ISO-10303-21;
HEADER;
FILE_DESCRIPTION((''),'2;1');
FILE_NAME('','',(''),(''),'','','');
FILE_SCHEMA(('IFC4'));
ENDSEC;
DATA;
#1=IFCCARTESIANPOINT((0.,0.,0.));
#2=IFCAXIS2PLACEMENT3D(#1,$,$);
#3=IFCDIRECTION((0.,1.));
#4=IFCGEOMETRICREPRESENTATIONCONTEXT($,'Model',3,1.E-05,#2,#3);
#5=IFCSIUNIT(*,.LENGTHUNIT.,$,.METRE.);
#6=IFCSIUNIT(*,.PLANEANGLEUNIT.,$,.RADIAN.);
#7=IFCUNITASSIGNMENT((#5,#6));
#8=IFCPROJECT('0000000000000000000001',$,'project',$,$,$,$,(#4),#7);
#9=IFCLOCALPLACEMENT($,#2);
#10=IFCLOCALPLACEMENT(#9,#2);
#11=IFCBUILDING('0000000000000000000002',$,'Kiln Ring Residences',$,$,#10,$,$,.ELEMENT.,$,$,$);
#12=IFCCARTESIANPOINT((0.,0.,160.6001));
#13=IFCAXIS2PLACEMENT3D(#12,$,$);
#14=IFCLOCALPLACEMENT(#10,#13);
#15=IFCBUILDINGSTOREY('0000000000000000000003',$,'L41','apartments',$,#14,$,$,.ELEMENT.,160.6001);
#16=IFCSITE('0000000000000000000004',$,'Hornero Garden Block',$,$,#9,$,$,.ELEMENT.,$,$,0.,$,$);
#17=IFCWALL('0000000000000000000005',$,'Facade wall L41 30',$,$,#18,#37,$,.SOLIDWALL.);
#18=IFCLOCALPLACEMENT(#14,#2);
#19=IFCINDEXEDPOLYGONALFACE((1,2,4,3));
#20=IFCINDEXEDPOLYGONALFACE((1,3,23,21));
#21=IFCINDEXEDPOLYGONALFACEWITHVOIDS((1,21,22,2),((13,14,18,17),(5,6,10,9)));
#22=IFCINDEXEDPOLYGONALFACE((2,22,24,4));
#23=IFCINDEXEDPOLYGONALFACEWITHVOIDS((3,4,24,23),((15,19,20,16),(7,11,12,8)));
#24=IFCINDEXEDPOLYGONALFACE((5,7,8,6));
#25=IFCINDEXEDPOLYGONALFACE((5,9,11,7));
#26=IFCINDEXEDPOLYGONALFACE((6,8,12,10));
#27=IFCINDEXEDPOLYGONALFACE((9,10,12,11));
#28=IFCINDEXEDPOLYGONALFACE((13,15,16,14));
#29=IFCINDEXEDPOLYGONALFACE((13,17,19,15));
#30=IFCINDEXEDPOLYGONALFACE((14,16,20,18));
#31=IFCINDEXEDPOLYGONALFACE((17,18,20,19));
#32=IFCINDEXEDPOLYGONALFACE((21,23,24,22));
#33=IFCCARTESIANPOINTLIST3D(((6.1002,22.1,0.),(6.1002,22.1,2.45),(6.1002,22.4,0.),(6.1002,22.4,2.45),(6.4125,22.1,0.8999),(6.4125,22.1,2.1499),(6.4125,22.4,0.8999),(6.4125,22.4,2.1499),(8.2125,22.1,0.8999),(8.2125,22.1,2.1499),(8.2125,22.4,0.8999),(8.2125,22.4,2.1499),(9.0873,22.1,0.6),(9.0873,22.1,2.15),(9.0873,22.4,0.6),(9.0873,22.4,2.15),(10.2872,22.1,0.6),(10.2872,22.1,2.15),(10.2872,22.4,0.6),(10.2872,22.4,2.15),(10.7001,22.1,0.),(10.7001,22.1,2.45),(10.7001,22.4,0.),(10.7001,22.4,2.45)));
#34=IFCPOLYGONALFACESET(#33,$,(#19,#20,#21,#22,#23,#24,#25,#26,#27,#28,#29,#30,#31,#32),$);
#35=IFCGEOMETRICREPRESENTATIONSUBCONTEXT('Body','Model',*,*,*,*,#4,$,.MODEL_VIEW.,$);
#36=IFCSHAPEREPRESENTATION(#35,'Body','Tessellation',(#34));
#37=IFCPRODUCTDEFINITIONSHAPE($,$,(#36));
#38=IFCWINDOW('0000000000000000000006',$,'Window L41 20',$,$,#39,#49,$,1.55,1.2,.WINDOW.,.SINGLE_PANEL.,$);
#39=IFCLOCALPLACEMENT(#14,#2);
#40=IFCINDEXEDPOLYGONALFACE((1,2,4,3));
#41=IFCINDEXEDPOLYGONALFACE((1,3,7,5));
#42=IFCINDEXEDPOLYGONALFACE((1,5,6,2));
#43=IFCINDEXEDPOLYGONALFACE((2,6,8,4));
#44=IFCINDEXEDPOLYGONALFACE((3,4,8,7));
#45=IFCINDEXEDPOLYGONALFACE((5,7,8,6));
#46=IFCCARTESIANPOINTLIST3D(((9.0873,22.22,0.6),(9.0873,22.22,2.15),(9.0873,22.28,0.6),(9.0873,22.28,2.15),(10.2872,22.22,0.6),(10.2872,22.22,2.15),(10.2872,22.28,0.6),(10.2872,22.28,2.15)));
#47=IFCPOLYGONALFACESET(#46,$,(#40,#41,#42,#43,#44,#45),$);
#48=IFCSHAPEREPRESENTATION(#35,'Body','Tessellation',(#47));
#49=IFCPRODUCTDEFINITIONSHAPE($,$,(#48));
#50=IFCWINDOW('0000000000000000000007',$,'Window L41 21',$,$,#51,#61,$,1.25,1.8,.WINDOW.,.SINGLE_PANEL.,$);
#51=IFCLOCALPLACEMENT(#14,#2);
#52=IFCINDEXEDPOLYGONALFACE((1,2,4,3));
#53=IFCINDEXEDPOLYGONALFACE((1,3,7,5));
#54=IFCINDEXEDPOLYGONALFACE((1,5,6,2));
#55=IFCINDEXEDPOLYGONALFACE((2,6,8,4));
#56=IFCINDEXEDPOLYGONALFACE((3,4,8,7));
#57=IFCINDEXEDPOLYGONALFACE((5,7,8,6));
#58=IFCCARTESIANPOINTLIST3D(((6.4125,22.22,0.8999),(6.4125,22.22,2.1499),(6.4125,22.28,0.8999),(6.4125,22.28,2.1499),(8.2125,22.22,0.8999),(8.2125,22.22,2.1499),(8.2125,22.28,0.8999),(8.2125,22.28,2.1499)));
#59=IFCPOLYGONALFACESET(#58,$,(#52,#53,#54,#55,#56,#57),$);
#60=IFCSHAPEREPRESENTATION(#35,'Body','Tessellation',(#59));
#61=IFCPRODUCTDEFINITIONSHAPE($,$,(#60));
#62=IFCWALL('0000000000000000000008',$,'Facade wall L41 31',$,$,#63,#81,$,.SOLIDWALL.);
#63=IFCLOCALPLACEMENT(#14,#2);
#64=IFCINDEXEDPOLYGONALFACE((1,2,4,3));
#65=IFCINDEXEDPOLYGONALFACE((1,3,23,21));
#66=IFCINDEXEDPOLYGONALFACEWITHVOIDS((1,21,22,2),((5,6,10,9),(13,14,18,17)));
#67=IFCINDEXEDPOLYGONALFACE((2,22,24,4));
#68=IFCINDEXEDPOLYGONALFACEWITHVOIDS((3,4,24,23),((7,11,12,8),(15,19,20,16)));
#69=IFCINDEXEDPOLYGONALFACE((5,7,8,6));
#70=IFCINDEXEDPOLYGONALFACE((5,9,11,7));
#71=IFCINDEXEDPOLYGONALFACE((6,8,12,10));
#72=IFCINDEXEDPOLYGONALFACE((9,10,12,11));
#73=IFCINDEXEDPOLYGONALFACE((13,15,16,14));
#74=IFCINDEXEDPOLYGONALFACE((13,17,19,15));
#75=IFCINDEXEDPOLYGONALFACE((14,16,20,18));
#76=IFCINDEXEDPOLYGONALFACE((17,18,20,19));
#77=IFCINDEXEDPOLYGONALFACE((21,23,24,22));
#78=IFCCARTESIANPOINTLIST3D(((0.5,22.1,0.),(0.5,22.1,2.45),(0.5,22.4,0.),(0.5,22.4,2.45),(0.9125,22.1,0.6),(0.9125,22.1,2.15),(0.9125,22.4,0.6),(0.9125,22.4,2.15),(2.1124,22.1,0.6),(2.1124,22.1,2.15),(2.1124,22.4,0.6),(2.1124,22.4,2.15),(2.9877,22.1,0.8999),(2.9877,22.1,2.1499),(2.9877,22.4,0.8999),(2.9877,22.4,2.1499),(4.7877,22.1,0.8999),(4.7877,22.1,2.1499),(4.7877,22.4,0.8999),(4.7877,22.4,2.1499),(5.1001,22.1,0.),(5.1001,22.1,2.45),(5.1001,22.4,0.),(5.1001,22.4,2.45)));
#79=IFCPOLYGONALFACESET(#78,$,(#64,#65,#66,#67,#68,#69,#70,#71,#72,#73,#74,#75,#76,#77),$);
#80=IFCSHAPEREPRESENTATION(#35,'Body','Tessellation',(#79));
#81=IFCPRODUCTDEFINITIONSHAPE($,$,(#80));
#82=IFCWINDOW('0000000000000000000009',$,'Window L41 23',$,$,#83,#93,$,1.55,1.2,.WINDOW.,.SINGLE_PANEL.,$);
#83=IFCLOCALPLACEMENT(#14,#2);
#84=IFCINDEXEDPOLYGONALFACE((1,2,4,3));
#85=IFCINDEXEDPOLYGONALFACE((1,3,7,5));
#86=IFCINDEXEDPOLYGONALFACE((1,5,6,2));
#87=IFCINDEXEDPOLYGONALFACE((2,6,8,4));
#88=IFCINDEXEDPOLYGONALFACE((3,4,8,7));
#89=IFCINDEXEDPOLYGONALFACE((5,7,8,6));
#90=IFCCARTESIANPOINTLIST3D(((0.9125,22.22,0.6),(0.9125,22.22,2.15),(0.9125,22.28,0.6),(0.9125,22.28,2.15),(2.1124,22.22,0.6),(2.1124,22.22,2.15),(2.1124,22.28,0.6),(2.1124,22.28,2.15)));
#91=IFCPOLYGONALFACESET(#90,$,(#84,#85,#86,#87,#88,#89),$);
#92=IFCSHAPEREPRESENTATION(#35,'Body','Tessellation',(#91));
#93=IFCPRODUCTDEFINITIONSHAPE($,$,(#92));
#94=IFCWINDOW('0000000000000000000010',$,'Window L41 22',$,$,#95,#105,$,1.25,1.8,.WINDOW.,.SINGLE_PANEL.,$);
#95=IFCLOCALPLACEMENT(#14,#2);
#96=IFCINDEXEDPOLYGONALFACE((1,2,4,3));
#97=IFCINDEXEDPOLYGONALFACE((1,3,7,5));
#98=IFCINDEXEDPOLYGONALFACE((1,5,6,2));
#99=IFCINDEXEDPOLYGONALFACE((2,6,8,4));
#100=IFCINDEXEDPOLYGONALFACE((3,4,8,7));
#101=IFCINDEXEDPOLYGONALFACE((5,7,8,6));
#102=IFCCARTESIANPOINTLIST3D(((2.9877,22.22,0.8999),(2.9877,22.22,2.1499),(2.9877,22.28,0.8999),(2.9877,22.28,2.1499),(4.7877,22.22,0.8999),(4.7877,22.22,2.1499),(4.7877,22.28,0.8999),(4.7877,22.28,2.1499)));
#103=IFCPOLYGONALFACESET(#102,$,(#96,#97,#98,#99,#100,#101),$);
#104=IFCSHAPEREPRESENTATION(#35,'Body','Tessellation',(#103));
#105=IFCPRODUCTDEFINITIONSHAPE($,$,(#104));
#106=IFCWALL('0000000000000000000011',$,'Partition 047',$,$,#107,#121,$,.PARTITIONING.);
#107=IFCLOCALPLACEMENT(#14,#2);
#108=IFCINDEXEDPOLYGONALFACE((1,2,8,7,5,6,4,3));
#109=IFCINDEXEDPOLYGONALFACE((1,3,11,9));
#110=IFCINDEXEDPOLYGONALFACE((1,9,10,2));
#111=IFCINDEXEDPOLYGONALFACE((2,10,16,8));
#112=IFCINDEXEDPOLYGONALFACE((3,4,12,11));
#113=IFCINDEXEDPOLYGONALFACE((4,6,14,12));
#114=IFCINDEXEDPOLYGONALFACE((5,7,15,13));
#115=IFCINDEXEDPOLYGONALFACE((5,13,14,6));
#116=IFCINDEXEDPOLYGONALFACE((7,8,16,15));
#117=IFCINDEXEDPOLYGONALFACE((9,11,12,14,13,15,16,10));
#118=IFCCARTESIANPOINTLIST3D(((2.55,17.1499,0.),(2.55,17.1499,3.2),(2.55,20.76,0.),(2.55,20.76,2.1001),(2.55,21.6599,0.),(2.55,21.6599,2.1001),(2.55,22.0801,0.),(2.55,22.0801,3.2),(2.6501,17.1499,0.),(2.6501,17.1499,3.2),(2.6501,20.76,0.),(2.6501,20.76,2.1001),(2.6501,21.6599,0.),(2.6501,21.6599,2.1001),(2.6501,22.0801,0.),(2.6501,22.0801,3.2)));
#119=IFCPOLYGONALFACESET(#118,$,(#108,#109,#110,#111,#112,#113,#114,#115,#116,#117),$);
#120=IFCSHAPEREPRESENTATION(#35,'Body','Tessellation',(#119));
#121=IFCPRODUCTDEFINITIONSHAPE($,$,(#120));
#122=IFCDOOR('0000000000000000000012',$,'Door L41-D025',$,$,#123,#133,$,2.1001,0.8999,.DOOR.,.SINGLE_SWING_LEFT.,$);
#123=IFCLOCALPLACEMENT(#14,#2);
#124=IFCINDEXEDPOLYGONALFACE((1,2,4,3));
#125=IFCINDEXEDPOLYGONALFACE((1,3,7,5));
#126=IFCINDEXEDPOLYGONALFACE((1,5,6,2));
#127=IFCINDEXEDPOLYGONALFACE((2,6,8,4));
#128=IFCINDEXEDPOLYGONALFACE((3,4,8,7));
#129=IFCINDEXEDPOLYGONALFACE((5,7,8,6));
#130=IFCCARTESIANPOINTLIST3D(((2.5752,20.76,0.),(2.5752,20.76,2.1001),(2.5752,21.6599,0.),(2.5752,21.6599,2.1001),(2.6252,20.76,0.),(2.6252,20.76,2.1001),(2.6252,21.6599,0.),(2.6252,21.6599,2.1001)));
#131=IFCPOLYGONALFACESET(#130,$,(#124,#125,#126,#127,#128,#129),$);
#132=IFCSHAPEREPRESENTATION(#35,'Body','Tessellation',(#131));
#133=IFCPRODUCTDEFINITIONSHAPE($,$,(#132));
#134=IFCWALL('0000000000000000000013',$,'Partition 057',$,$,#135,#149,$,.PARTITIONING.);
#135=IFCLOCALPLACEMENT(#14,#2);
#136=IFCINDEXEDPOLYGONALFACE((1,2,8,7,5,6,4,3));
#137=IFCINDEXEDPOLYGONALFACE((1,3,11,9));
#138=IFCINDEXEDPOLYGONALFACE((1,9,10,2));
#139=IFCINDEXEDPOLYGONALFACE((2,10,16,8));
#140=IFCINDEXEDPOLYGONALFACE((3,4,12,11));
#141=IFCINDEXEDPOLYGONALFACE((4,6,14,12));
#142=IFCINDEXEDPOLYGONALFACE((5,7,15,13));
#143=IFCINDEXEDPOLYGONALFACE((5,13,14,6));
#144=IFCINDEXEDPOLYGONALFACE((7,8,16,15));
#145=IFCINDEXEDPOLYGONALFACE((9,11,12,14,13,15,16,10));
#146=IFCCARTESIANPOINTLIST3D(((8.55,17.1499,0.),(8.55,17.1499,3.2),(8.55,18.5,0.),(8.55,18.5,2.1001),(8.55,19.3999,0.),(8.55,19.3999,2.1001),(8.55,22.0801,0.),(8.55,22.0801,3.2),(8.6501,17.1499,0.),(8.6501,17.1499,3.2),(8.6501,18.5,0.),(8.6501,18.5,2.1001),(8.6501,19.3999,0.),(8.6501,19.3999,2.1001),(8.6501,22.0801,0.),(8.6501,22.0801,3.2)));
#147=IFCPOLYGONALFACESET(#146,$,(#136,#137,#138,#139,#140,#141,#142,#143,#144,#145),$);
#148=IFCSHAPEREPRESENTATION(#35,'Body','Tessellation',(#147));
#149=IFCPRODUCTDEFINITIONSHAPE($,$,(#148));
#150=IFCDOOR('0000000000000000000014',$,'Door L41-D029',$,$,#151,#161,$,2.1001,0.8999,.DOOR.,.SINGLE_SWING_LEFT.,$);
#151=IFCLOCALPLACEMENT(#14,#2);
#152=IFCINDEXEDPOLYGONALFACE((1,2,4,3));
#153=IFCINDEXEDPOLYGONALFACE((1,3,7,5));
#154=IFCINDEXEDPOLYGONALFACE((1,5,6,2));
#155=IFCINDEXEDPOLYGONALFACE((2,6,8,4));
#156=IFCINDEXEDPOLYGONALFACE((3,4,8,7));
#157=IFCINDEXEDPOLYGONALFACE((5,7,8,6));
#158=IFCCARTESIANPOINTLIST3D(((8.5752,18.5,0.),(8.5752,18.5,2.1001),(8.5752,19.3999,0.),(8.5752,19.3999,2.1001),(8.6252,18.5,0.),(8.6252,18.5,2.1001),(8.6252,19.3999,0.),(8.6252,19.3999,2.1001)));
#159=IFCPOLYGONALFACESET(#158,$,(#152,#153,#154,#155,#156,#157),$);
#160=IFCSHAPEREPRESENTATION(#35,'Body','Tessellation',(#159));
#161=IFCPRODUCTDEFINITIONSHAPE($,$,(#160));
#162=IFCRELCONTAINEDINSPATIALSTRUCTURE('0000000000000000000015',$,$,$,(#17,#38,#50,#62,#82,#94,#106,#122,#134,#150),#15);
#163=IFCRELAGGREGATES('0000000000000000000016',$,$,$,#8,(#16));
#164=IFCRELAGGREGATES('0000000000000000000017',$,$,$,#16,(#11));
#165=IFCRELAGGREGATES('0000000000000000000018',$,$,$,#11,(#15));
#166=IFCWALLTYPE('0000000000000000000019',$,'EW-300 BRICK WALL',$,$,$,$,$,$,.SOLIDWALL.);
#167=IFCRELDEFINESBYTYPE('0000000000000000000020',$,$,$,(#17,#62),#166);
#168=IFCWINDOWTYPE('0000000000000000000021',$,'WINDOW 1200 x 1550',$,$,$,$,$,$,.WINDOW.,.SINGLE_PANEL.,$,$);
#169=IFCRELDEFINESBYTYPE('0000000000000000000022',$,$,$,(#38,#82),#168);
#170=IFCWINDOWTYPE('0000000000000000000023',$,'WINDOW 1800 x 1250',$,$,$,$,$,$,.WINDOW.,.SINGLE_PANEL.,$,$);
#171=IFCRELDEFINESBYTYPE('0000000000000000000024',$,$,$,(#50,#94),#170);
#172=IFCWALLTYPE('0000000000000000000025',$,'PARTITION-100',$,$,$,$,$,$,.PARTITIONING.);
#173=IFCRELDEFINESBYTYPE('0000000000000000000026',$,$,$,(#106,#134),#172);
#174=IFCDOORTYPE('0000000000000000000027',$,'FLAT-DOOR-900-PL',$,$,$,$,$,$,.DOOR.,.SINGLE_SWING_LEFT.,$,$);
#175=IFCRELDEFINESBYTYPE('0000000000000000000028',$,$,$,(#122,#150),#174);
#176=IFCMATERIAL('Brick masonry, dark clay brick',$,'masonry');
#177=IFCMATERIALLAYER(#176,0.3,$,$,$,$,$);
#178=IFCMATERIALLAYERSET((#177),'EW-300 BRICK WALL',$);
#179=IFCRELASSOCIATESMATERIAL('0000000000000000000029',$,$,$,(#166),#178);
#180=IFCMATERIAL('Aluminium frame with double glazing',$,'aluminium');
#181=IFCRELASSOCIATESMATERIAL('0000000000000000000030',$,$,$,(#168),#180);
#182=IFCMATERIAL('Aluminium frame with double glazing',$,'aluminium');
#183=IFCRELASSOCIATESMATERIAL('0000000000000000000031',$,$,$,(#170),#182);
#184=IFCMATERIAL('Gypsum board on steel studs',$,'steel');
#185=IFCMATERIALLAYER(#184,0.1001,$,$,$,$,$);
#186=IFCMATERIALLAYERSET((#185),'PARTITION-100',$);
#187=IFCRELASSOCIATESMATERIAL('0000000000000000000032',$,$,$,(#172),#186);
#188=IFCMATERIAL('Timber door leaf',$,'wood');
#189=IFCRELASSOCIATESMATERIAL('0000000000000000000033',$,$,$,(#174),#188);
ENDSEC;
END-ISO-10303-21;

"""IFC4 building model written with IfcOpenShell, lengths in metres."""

from ifc_helpers import new_model, si_unit, direction, frame, frame_2d, origin, place, context, subcontext, project, spatial, rectangle, extrude, material, layer, layer_set, type_object, element, fill, save


model = new_model("IFC4")

# Units and contexts
model_context = context("Model", 3, precision=1e-05, world=origin(), true_north=direction((0.0, 1.0)))
body_context = subcontext(model_context, "Body", "Model", "MODEL_VIEW")
ifc_project = project(units=[si_unit("LENGTHUNIT", "METRE"), si_unit("PLANEANGLEUNIT", "RADIAN")], contexts=[model_context])

# Site, building, storey
site_placement = place(None, origin())
site = spatial("IfcSite", under=ifc_project, at=site_placement, Name="Hornero Garden Block", CompositionType="ELEMENT", RefElevation=0.0)
building_placement = place(site_placement, origin())
building = spatial("IfcBuilding", under=site, at=building_placement, Name="Kiln Ring Residences", CompositionType="ELEMENT")
storey_placement = place(building_placement, frame((0.0, 0.0, 160.6001)))
storey = spatial("IfcBuildingStorey", under=building, at=storey_placement, Name="L41", Description="apartments", CompositionType="ELEMENT", Elevation=160.6001)

# Shared definitions
ifc_material_1 = material(Name="Brick masonry, dark clay brick", Category="masonry")
ifc_layer_1 = layer(ifc_material_1, 0.3)
ifc_layer_set_1 = layer_set([ifc_layer_1], Name="EW-300 BRICK WALL")
wall_type_1 = type_object("IfcWallType", Name="EW-300 BRICK WALL", PredefinedType="SOLIDWALL", material=ifc_layer_set_1)

# Walls, openings, windows
wall_1_placement = place(storey_placement, frame((10.7, 22.25, 0.0), z_axis=(0.0, 0.0, 1.0), x_axis=(-1.0, 0.0, 0.0)))
wall_1 = element("IfcWall", 1, at=wall_1_placement, inside=storey, type_object=wall_type_1, Name="Facade wall L41 30", PredefinedType="SOLIDWALL", context=body_context, shape_type="SweptSolid", body=[
    extrude(rectangle(XDim=4.5999, YDim=0.3, at=frame_2d((2.2998, 0.0))), origin(), (0.0, 0.0, 1.0), 2.45),
])
opening_1_placement = place(wall_1_placement, frame((0.4126, 0.0, 0.6001)))
opening_1 = element("IfcOpeningElement", 2, at=opening_1_placement, cuts=wall_1, PredefinedType="OPENING", context=body_context, shape_type="SweptSolid", body=[
    extrude(rectangle(XDim=1.2, YDim=1.55, at=frame_2d((0.6001, 0.7749))), frame((0.0, 0.1599, 0.0), z_axis=(0.0, -1.0, 0.0), x_axis=(1.0, 0.0, 0.0)), (0.0, 0.0, 1.0), 0.3201),
])
opening_2_placement = place(wall_1_placement, frame((2.4875, 0.0, 0.8999)))
opening_2 = element("IfcOpeningElement", 3, at=opening_2_placement, cuts=wall_1, PredefinedType="OPENING", context=body_context, shape_type="SweptSolid", body=[
    extrude(rectangle(XDim=1.8, YDim=1.25, at=frame_2d((0.8999, 0.625))), frame((0.0, 0.1599, 0.0), z_axis=(0.0, -1.0, 0.0), x_axis=(1.0, 0.0, 0.0)), (0.0, 0.0, 1.0), 0.3201),
])
ifc_material_2 = material(Name="Aluminium frame with double glazing", Category="aluminium")
window_type_1 = type_object("IfcWindowType", Name="WINDOW 1200 x 1550", PartitioningType="SINGLE_PANEL", PredefinedType="WINDOW", material=ifc_material_2)
window_1_placement = place(opening_1_placement, origin())
window_1 = element("IfcWindow", 4, at=window_1_placement, inside=storey, type_object=window_type_1, Name="Window L41 20", OverallHeight=1.55, OverallWidth=1.2, PartitioningType="SINGLE_PANEL", PredefinedType="WINDOW", context=body_context, shape_type="SweptSolid", body=[
    extrude(rectangle(XDim=1.2, YDim=1.55, at=frame_2d((0.6001, 0.7749))), frame((0.0, 0.03, 0.0), z_axis=(0.0, -1.0, 0.0), x_axis=(1.0, 0.0, 0.0)), (0.0, 0.0, 1.0), 0.0601),
])
fill(opening_1, window_1)
ifc_material_3 = material(Name="Aluminium frame with double glazing", Category="aluminium")
window_type_2 = type_object("IfcWindowType", Name="WINDOW 1800 x 1250", PartitioningType="SINGLE_PANEL", PredefinedType="WINDOW", material=ifc_material_3)
window_2_placement = place(opening_2_placement, origin())
window_2 = element("IfcWindow", 5, at=window_2_placement, inside=storey, type_object=window_type_2, Name="Window L41 21", OverallHeight=1.25, OverallWidth=1.8, PartitioningType="SINGLE_PANEL", PredefinedType="WINDOW", context=body_context, shape_type="SweptSolid", body=[
    extrude(rectangle(XDim=1.8, YDim=1.25, at=frame_2d((0.8999, 0.625))), frame((0.0, 0.03, 0.0), z_axis=(0.0, -1.0, 0.0), x_axis=(1.0, 0.0, 0.0)), (0.0, 0.0, 1.0), 0.0601),
])
fill(opening_2, window_2)
wall_2_placement = place(storey_placement, frame((5.1001, 22.25, 0.0), z_axis=(0.0, 0.0, 1.0), x_axis=(-1.0, 0.0, 0.0)))
wall_2 = element("IfcWall", 6, at=wall_2_placement, inside=storey, type_object=wall_type_1, Name="Facade wall L41 31", PredefinedType="SOLIDWALL", context=body_context, shape_type="SweptSolid", body=[
    extrude(rectangle(XDim=4.6001, YDim=0.3, at=frame_2d((2.3, 0.0))), origin(), (0.0, 0.0, 1.0), 2.45),
])
opening_3_placement = place(wall_2_placement, frame((0.3125, 0.0, 0.8999)))
opening_3 = element("IfcOpeningElement", 7, at=opening_3_placement, cuts=wall_2, PredefinedType="OPENING", context=body_context, shape_type="SweptSolid", body=[
    extrude(rectangle(XDim=1.8, YDim=1.25, at=frame_2d((0.8999, 0.625))), frame((0.0, 0.1599, 0.0), z_axis=(0.0, -1.0, 0.0), x_axis=(1.0, 0.0, 0.0)), (0.0, 0.0, 1.0), 0.3201),
])
opening_4_placement = place(wall_2_placement, frame((2.9875, 0.0, 0.6001)))
opening_4 = element("IfcOpeningElement", 8, at=opening_4_placement, cuts=wall_2, PredefinedType="OPENING", context=body_context, shape_type="SweptSolid", body=[
    extrude(rectangle(XDim=1.2, YDim=1.55, at=frame_2d((0.6001, 0.7749))), frame((0.0, 0.1599, 0.0), z_axis=(0.0, -1.0, 0.0), x_axis=(1.0, 0.0, 0.0)), (0.0, 0.0, 1.0), 0.3201),
])
window_3_placement = place(opening_4_placement, origin())
window_3 = element("IfcWindow", 9, at=window_3_placement, inside=storey, type_object=window_type_1, Name="Window L41 23", OverallHeight=1.55, OverallWidth=1.2, PartitioningType="SINGLE_PANEL", PredefinedType="WINDOW", context=body_context, shape_type="SweptSolid", body=[
    extrude(rectangle(XDim=1.2, YDim=1.55, at=frame_2d((0.6001, 0.7749))), frame((0.0, 0.03, 0.0), z_axis=(0.0, -1.0, 0.0), x_axis=(1.0, 0.0, 0.0)), (0.0, 0.0, 1.0), 0.0601),
])
fill(opening_4, window_3)
window_4_placement = place(opening_3_placement, origin())
window_4 = element("IfcWindow", 10, at=window_4_placement, inside=storey, type_object=window_type_2, Name="Window L41 22", OverallHeight=1.25, OverallWidth=1.8, PartitioningType="SINGLE_PANEL", PredefinedType="WINDOW", context=body_context, shape_type="SweptSolid", body=[
    extrude(rectangle(XDim=1.8, YDim=1.25, at=frame_2d((0.8999, 0.625))), frame((0.0, 0.03, 0.0), z_axis=(0.0, -1.0, 0.0), x_axis=(1.0, 0.0, 0.0)), (0.0, 0.0, 1.0), 0.0601),
])
fill(opening_3, window_4)

# Walls, openings, doors
ifc_material_4 = material(Name="Gypsum board on steel studs", Category="steel")
ifc_layer_2 = layer(ifc_material_4, 0.1001)
ifc_layer_set_2 = layer_set([ifc_layer_2], Name="PARTITION-100")
wall_type_2 = type_object("IfcWallType", Name="PARTITION-100", PredefinedType="PARTITIONING", material=ifc_layer_set_2)
wall_3_placement = place(storey_placement, frame((2.6001, 17.1499, 0.0), z_axis=(0.0, 0.0, 1.0), x_axis=(0.0, 1.0, 0.0)))
wall_3 = element("IfcWall", 11, at=wall_3_placement, inside=storey, type_object=wall_type_2, Name="Partition 047", PredefinedType="PARTITIONING", context=body_context, shape_type="SweptSolid", body=[
    extrude(rectangle(XDim=4.9302, YDim=0.1001, at=frame_2d((2.4651, 0.0))), origin(), (0.0, 0.0, 1.0), 3.2),
])
opening_5_placement = place(wall_3_placement, frame((3.6101, 0.0, 0.0)))
opening_5 = element("IfcOpeningElement", 12, at=opening_5_placement, cuts=wall_3, PredefinedType="OPENING", context=body_context, shape_type="SweptSolid", body=[
    extrude(rectangle(XDim=0.8999, YDim=2.1001, at=frame_2d((0.45, 1.05))), frame((0.0, 0.0601, 0.0), z_axis=(0.0, -1.0, 0.0), x_axis=(1.0, 0.0, 0.0)), (0.0, 0.0, 1.0), 0.1201),
])
ifc_material_5 = material(Name="Timber door leaf", Category="wood")
door_type_1 = type_object("IfcDoorType", Name="FLAT-DOOR-900-PL", OperationType="SINGLE_SWING_LEFT", PredefinedType="DOOR", material=ifc_material_5)
door_1_placement = place(opening_5_placement, origin())
door_1 = element("IfcDoor", 13, at=door_1_placement, inside=storey, type_object=door_type_1, Name="Door L41-D025", OperationType="SINGLE_SWING_LEFT", OverallHeight=2.1001, OverallWidth=0.8999, PredefinedType="DOOR", context=body_context, shape_type="SweptSolid", body=[
    extrude(rectangle(XDim=0.8999, YDim=2.1001, at=frame_2d((0.45, 1.05))), frame((0.0, 0.0249, 0.0), z_axis=(0.0, -1.0, 0.0), x_axis=(1.0, 0.0, 0.0)), (0.0, 0.0, 1.0), 0.05),
])
fill(opening_5, door_1)
wall_4_placement = place(storey_placement, frame((8.6001, 17.1499, 0.0), z_axis=(0.0, 0.0, 1.0), x_axis=(0.0, 1.0, 0.0)))
wall_4 = element("IfcWall", 14, at=wall_4_placement, inside=storey, type_object=wall_type_2, Name="Partition 057", PredefinedType="PARTITIONING", context=body_context, shape_type="SweptSolid", body=[
    extrude(rectangle(XDim=4.9302, YDim=0.1001, at=frame_2d((2.4651, 0.0))), origin(), (0.0, 0.0, 1.0), 3.2),
])
opening_6_placement = place(wall_4_placement, frame((1.3501, 0.0, 0.0)))
opening_6 = element("IfcOpeningElement", 15, at=opening_6_placement, cuts=wall_4, PredefinedType="OPENING", context=body_context, shape_type="SweptSolid", body=[
    extrude(rectangle(XDim=0.8999, YDim=2.1001, at=frame_2d((0.45, 1.05))), frame((0.0, 0.0601, 0.0), z_axis=(0.0, -1.0, 0.0), x_axis=(1.0, 0.0, 0.0)), (0.0, 0.0, 1.0), 0.1201),
])
door_2_placement = place(opening_6_placement, origin())
door_2 = element("IfcDoor", 16, at=door_2_placement, inside=storey, type_object=door_type_1, Name="Door L41-D029", OperationType="SINGLE_SWING_LEFT", OverallHeight=2.1001, OverallWidth=0.8999, PredefinedType="DOOR", context=body_context, shape_type="SweptSolid", body=[
    extrude(rectangle(XDim=0.8999, YDim=2.1001, at=frame_2d((0.45, 1.05))), frame((0.0, 0.0249, 0.0), z_axis=(0.0, -1.0, 0.0), x_axis=(1.0, 0.0, 0.0)), (0.0, 0.0, 1.0), 0.05),
])
fill(opening_6, door_2)

save(model, "model.ifc")
